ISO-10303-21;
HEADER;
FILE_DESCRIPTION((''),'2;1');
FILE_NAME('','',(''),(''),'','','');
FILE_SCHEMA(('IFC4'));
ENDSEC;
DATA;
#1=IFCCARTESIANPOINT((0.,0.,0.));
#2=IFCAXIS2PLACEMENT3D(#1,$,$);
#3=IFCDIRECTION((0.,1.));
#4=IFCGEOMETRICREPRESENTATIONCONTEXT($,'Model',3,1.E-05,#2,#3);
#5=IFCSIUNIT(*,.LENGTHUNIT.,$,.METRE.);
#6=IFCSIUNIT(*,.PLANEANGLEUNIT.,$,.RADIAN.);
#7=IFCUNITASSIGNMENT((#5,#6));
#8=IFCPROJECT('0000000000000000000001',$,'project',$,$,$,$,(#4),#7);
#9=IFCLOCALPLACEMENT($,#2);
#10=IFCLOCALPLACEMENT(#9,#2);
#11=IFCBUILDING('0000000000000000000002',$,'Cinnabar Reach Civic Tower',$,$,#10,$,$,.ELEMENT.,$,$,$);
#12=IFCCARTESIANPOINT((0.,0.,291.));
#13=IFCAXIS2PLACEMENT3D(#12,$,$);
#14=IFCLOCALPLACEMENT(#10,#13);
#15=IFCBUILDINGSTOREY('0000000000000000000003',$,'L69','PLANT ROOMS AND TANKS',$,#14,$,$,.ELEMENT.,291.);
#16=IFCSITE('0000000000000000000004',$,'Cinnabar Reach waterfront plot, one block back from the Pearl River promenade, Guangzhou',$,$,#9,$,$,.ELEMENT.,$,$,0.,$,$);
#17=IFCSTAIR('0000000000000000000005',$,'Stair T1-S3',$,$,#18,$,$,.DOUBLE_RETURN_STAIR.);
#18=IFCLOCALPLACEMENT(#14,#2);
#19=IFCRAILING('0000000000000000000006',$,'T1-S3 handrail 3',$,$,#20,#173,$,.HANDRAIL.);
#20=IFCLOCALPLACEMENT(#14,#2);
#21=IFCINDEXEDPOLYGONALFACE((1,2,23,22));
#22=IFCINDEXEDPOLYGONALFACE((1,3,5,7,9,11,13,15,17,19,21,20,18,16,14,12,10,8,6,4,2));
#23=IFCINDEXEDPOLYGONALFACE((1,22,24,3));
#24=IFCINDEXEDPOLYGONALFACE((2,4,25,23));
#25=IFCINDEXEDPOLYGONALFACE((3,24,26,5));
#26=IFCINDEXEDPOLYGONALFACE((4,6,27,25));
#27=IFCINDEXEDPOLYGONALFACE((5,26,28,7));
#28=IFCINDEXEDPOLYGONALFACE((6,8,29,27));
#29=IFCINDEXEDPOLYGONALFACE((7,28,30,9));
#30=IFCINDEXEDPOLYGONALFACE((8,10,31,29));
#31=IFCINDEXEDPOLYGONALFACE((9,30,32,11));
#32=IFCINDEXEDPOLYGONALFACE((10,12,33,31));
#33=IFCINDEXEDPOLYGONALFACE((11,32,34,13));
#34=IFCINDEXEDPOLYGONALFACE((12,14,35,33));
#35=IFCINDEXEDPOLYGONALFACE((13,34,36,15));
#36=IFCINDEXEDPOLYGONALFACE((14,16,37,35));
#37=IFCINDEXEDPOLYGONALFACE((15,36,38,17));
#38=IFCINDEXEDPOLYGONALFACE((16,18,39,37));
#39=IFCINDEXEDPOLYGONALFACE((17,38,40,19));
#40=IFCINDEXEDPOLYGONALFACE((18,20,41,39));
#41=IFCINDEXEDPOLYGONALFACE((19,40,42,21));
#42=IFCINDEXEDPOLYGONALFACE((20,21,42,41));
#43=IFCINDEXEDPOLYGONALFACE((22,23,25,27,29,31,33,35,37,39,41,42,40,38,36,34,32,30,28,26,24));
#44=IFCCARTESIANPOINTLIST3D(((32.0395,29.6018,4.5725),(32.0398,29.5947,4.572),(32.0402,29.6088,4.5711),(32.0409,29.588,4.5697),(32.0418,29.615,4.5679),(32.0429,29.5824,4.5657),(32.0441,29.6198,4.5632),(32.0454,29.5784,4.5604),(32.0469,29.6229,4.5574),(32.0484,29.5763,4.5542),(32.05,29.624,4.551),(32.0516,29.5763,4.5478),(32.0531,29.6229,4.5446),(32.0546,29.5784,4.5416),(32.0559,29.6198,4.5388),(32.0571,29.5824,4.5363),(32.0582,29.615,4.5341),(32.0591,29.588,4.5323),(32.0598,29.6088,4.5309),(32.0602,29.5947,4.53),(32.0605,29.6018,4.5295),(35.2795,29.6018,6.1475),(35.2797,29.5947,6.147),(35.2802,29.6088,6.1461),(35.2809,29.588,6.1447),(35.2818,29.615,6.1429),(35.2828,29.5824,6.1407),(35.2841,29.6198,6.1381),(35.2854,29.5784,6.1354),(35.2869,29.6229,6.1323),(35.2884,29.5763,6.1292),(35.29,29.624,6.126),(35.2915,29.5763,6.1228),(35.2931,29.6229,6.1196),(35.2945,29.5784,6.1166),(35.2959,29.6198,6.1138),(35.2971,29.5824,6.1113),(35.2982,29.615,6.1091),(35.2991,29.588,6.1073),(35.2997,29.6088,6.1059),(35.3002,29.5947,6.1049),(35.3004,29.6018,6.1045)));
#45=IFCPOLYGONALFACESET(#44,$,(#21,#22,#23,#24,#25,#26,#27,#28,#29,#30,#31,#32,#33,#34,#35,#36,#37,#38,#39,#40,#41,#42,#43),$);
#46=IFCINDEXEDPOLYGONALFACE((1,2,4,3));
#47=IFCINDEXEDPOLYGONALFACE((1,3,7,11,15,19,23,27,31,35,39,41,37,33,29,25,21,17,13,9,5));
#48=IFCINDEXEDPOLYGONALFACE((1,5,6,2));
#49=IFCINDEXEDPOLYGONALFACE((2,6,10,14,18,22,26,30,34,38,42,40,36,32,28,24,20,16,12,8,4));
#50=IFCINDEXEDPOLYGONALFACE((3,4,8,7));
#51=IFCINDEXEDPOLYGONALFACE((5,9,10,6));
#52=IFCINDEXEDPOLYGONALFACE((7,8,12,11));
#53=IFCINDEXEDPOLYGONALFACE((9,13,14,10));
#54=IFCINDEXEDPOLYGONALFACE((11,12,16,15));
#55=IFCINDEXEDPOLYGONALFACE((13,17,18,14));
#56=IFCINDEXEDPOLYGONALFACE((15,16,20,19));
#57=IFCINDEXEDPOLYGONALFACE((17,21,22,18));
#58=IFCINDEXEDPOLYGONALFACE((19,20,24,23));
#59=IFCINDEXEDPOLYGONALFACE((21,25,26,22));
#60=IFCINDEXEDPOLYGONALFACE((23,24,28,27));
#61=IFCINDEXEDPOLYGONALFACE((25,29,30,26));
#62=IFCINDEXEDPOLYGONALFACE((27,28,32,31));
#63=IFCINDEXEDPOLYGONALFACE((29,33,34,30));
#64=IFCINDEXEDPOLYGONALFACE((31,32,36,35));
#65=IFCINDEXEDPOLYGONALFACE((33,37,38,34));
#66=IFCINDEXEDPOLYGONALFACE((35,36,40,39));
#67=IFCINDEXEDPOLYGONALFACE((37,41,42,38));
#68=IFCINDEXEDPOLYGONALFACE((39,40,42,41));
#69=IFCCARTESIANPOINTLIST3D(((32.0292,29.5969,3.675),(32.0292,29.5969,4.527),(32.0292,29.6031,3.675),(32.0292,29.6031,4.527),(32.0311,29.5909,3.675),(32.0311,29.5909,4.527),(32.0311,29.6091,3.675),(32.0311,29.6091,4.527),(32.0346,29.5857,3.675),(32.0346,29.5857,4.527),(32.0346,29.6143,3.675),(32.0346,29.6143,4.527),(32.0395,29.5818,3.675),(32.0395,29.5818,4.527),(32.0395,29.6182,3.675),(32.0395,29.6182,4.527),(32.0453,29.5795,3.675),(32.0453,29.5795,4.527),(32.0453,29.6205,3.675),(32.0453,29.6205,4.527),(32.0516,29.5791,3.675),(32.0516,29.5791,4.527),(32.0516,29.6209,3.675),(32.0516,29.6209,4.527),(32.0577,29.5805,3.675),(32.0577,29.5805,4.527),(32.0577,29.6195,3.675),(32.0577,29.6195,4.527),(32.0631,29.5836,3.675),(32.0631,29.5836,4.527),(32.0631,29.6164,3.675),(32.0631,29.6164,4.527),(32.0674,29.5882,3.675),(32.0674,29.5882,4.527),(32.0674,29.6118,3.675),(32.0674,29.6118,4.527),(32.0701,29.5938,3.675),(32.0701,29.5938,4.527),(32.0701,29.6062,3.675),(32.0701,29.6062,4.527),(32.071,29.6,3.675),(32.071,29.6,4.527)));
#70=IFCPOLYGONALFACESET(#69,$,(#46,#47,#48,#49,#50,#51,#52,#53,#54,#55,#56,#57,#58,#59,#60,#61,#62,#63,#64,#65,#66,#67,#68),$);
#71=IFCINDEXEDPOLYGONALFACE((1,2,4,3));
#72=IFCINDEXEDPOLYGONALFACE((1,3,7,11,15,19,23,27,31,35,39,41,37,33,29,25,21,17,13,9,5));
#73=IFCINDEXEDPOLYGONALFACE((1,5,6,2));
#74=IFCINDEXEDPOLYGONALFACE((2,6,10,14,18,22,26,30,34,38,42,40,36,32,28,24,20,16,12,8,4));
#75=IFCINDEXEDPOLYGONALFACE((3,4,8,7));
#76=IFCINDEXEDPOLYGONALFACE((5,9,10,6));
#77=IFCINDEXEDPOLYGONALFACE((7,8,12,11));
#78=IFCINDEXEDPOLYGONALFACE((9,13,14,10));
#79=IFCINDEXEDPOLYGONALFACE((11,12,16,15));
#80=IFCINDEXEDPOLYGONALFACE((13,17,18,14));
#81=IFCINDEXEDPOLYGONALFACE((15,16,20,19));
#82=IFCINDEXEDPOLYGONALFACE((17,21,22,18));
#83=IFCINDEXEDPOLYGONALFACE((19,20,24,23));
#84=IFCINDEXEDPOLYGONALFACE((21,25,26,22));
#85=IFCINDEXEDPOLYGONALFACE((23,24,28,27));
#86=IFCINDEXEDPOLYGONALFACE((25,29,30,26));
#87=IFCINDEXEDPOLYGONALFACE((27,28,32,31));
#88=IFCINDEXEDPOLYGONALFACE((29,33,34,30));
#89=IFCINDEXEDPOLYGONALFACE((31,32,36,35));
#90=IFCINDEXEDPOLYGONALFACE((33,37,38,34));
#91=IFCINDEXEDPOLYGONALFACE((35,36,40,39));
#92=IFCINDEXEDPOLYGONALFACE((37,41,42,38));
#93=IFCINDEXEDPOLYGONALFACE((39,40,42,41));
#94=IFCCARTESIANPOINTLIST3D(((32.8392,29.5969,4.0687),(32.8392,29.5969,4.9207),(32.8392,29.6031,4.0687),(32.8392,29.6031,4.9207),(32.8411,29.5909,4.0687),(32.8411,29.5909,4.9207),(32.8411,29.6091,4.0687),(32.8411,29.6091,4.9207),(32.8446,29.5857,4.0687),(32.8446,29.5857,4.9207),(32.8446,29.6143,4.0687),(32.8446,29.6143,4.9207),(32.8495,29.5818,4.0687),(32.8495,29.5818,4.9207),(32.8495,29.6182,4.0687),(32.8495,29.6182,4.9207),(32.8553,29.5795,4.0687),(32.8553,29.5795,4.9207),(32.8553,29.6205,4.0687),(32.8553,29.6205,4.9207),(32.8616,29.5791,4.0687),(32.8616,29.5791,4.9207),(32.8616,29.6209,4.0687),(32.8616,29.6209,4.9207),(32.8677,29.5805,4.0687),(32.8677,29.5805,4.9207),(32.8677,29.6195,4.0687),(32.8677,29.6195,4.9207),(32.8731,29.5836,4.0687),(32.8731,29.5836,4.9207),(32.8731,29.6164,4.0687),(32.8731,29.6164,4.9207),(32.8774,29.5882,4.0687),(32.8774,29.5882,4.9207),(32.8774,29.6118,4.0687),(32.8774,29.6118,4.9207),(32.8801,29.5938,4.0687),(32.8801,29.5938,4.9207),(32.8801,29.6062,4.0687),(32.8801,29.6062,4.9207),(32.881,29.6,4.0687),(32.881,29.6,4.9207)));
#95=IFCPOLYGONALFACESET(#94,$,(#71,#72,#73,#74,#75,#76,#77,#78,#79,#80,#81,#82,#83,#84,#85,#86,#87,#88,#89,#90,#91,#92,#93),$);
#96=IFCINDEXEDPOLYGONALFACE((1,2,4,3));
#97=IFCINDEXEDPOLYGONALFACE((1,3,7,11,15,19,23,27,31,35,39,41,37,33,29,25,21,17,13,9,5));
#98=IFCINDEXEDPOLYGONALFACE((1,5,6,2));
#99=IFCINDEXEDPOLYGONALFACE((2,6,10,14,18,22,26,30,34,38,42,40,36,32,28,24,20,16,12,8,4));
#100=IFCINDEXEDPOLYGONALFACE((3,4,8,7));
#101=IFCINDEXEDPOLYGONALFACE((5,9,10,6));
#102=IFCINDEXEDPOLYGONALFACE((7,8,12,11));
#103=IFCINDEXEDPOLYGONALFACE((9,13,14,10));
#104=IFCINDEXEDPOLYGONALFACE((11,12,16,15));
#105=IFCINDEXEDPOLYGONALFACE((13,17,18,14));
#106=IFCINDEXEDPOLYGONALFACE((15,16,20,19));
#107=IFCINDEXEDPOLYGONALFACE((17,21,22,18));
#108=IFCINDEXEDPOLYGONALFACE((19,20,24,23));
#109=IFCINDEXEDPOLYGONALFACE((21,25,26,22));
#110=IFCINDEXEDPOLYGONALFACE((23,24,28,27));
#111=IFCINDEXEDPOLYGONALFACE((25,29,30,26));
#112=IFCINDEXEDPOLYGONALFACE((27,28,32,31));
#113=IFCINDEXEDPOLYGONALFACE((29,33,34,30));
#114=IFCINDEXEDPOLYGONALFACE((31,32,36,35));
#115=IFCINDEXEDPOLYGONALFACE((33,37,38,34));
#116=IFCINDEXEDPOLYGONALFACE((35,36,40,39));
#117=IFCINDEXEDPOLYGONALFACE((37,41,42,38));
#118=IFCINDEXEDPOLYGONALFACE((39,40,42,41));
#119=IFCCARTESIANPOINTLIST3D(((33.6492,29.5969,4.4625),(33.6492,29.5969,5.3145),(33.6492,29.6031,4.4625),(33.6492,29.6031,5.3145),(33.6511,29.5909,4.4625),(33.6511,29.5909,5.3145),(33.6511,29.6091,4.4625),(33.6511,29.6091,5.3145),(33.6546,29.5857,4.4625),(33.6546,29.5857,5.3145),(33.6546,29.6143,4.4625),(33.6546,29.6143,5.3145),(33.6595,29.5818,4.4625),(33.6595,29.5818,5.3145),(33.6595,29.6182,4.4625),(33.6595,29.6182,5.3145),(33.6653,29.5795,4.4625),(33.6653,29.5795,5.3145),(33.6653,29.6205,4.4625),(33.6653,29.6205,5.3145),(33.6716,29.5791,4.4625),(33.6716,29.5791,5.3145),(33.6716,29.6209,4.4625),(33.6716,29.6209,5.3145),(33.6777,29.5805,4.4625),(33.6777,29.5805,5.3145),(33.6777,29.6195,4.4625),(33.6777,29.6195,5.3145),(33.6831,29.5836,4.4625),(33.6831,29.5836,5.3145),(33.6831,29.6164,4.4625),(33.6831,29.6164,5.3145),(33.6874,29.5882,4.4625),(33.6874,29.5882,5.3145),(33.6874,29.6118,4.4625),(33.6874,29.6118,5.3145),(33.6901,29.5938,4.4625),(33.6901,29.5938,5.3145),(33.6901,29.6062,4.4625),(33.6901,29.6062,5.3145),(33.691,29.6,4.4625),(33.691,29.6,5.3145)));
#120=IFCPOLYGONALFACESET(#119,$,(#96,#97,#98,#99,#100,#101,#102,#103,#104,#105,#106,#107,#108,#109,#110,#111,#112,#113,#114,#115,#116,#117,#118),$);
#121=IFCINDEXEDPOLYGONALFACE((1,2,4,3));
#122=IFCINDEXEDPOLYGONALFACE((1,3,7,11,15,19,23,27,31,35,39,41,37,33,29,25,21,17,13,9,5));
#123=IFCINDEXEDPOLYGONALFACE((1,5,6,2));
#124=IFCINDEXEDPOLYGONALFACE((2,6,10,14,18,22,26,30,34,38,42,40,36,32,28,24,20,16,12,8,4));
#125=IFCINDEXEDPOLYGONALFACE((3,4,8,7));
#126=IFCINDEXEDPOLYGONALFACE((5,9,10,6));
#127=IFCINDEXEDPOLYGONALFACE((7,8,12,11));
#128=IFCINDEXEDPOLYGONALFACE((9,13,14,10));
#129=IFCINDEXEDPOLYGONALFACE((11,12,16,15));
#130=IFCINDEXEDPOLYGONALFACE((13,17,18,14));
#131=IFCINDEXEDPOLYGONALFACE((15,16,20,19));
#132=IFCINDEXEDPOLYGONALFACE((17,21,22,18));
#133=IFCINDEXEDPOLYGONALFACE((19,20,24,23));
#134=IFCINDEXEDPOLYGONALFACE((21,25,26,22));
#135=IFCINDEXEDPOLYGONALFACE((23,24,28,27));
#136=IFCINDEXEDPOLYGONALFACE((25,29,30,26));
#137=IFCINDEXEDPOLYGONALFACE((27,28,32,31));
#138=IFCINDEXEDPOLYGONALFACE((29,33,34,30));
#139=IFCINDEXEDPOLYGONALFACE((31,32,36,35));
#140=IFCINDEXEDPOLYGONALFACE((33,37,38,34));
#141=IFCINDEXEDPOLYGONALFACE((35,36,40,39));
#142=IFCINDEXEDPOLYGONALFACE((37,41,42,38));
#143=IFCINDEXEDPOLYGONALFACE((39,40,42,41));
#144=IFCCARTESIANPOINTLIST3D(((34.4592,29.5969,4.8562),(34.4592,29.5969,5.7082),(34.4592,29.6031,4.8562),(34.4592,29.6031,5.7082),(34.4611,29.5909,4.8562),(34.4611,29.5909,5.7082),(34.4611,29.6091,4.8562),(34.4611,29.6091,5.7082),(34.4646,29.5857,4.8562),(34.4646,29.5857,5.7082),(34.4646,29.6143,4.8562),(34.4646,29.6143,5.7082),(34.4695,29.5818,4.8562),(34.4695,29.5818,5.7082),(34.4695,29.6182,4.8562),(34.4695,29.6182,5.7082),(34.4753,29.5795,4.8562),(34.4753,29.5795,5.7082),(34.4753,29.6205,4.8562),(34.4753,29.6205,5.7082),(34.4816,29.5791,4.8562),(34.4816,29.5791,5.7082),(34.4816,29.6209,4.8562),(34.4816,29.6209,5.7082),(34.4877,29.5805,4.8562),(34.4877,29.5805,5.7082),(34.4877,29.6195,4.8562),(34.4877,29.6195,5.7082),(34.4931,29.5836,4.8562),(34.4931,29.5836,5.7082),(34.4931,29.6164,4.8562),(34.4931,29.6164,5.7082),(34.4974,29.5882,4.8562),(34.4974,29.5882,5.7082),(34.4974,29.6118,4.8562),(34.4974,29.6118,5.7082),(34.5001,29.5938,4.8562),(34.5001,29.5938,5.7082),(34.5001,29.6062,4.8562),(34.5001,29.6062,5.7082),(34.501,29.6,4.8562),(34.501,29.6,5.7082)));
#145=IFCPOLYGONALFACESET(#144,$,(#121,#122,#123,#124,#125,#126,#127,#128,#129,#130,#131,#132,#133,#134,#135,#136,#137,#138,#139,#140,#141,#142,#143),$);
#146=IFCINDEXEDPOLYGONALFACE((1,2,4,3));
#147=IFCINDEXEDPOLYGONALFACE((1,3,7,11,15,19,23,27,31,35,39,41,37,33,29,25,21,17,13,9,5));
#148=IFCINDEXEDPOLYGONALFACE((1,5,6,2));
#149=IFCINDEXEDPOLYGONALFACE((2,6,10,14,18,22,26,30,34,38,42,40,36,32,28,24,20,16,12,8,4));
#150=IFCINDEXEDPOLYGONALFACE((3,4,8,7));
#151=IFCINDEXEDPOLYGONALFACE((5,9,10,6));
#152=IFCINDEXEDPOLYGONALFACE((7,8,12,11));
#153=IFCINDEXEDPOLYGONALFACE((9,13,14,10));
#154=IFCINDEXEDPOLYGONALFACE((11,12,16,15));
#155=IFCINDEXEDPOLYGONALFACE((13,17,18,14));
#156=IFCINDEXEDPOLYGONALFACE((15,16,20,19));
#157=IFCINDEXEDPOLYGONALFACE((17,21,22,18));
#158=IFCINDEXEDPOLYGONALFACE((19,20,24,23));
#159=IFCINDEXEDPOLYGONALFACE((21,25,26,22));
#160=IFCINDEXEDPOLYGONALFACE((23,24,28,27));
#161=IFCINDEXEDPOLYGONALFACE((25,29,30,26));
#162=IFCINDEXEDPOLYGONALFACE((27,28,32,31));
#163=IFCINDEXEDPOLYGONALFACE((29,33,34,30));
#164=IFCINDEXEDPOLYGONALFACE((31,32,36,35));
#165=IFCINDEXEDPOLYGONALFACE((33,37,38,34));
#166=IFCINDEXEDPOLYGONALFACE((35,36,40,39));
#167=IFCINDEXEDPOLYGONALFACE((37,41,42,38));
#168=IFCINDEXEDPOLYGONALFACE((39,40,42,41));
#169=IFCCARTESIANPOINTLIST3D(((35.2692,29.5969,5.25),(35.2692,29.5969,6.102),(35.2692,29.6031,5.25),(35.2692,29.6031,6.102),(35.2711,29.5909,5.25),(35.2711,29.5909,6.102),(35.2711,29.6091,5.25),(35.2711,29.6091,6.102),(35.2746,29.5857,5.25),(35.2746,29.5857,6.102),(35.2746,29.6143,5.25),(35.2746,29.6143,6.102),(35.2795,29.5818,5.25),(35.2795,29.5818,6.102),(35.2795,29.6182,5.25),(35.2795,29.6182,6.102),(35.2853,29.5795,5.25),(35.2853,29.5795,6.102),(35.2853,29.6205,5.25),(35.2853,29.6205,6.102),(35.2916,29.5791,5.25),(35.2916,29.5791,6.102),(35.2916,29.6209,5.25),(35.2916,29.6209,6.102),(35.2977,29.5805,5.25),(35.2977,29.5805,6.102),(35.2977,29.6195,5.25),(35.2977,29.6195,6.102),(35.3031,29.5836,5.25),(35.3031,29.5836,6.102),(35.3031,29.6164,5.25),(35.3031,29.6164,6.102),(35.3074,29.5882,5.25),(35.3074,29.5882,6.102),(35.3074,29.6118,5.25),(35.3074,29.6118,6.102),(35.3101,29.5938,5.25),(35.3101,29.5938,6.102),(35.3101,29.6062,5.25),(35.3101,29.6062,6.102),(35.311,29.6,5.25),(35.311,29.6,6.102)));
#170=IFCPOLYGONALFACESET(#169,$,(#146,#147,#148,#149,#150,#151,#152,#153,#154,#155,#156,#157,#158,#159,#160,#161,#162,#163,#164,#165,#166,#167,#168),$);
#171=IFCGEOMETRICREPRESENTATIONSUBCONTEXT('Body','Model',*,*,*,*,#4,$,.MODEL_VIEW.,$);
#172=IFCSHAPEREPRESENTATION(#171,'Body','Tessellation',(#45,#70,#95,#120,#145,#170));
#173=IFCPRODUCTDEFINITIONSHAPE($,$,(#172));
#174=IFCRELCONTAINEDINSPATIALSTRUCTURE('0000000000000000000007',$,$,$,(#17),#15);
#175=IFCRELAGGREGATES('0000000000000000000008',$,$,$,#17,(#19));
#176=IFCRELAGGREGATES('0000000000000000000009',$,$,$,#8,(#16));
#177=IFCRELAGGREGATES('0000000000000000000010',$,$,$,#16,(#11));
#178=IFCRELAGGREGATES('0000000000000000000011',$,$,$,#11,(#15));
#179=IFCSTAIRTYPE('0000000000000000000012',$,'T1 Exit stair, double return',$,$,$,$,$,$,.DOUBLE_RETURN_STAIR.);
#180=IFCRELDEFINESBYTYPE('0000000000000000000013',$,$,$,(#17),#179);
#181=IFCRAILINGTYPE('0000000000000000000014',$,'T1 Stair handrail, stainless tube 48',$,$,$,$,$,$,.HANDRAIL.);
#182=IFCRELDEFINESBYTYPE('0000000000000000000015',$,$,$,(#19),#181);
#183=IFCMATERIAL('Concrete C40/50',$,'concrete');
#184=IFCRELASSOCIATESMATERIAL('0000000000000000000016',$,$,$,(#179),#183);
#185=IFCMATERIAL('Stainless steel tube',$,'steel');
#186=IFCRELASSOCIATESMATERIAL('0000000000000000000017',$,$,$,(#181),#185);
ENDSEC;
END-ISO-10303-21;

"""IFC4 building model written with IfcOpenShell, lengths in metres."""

from ifc_helpers import new_model, si_unit, direction, frame, origin, origin_2d, place, context, subcontext, project, spatial, circle, extrude, material, type_object, element, aggregate, save


model = new_model("IFC4")

# Units and contexts
model_context = context("Model", 3, precision=1e-05, world=origin(), true_north=direction((0.0, 1.0)))
body_context = subcontext(model_context, "Body", "Model", "MODEL_VIEW")
ifc_project = project(units=[si_unit("LENGTHUNIT", "METRE"), si_unit("PLANEANGLEUNIT", "RADIAN")], contexts=[model_context])

# Site, building, storey
site_placement = place(None, origin())
site = spatial("IfcSite", under=ifc_project, at=site_placement, Name="Cinnabar Reach waterfront plot, one block back from the Pearl River promenade, Guangzhou", CompositionType="ELEMENT", RefElevation=0.0)
building_placement = place(site_placement, origin())
building = spatial("IfcBuilding", under=site, at=building_placement, Name="Cinnabar Reach Civic Tower", CompositionType="ELEMENT")
storey_placement = place(building_placement, frame((0.0, 0.0, 291.0)))
storey = spatial("IfcBuildingStorey", under=building, at=storey_placement, Name="L69", Description="PLANT ROOMS AND TANKS", CompositionType="ELEMENT", Elevation=291.0)

# Stair, railing
ifc_material_1 = material(Name="Concrete C40/50", Category="concrete")
stair_type = type_object("IfcStairType", Name="T1 Exit stair, double return", PredefinedType="DOUBLE_RETURN_STAIR", material=ifc_material_1)
stair_placement = place(storey_placement, origin())
stair = element("IfcStair", 1, at=stair_placement, inside=storey, type_object=stair_type, Name="Stair T1-S3", PredefinedType="DOUBLE_RETURN_STAIR")
ifc_material_2 = material(Name="Stainless steel tube", Category="steel")
railing_type = type_object("IfcRailingType", Name="T1 Stair handrail, stainless tube 48", PredefinedType="HANDRAIL", material=ifc_material_2)
railing_1_placement = place(storey_placement, frame((32.05, 29.6, 3.675)))
railing_1 = element("IfcRailing", 2, at=railing_1_placement, type_object=railing_type, Name="T1-S3 handrail 3", PredefinedType="HANDRAIL", context=body_context, shape_type="SweptSolid", body=[
    extrude(circle(Radius=0.024, at=origin_2d()), frame((0.0, 0.0, 0.876), z_axis=(0.899368, 0.0, 0.437193), x_axis=(0.0, 1.0, 0.0)), (0.0, 0.0, 1.0), 3.6025),
    extrude(circle(Radius=0.021, at=origin_2d()), origin(), (0.0, 0.0, 1.0), 0.852),
    extrude(circle(Radius=0.021, at=origin_2d()), frame((0.81, 0.0, 0.3937)), (0.0, 0.0, 1.0), 0.852),
    extrude(circle(Radius=0.021, at=origin_2d()), frame((1.62, 0.0, 0.7875)), (0.0, 0.0, 1.0), 0.852),
    extrude(circle(Radius=0.021, at=origin_2d()), frame((2.43, 0.0, 1.1812)), (0.0, 0.0, 1.0), 0.852),
    extrude(circle(Radius=0.021, at=origin_2d()), frame((3.24, 0.0, 1.575)), (0.0, 0.0, 1.0), 0.852),
])
aggregate(stair, [railing_1])

save(model, "model.ifc")
